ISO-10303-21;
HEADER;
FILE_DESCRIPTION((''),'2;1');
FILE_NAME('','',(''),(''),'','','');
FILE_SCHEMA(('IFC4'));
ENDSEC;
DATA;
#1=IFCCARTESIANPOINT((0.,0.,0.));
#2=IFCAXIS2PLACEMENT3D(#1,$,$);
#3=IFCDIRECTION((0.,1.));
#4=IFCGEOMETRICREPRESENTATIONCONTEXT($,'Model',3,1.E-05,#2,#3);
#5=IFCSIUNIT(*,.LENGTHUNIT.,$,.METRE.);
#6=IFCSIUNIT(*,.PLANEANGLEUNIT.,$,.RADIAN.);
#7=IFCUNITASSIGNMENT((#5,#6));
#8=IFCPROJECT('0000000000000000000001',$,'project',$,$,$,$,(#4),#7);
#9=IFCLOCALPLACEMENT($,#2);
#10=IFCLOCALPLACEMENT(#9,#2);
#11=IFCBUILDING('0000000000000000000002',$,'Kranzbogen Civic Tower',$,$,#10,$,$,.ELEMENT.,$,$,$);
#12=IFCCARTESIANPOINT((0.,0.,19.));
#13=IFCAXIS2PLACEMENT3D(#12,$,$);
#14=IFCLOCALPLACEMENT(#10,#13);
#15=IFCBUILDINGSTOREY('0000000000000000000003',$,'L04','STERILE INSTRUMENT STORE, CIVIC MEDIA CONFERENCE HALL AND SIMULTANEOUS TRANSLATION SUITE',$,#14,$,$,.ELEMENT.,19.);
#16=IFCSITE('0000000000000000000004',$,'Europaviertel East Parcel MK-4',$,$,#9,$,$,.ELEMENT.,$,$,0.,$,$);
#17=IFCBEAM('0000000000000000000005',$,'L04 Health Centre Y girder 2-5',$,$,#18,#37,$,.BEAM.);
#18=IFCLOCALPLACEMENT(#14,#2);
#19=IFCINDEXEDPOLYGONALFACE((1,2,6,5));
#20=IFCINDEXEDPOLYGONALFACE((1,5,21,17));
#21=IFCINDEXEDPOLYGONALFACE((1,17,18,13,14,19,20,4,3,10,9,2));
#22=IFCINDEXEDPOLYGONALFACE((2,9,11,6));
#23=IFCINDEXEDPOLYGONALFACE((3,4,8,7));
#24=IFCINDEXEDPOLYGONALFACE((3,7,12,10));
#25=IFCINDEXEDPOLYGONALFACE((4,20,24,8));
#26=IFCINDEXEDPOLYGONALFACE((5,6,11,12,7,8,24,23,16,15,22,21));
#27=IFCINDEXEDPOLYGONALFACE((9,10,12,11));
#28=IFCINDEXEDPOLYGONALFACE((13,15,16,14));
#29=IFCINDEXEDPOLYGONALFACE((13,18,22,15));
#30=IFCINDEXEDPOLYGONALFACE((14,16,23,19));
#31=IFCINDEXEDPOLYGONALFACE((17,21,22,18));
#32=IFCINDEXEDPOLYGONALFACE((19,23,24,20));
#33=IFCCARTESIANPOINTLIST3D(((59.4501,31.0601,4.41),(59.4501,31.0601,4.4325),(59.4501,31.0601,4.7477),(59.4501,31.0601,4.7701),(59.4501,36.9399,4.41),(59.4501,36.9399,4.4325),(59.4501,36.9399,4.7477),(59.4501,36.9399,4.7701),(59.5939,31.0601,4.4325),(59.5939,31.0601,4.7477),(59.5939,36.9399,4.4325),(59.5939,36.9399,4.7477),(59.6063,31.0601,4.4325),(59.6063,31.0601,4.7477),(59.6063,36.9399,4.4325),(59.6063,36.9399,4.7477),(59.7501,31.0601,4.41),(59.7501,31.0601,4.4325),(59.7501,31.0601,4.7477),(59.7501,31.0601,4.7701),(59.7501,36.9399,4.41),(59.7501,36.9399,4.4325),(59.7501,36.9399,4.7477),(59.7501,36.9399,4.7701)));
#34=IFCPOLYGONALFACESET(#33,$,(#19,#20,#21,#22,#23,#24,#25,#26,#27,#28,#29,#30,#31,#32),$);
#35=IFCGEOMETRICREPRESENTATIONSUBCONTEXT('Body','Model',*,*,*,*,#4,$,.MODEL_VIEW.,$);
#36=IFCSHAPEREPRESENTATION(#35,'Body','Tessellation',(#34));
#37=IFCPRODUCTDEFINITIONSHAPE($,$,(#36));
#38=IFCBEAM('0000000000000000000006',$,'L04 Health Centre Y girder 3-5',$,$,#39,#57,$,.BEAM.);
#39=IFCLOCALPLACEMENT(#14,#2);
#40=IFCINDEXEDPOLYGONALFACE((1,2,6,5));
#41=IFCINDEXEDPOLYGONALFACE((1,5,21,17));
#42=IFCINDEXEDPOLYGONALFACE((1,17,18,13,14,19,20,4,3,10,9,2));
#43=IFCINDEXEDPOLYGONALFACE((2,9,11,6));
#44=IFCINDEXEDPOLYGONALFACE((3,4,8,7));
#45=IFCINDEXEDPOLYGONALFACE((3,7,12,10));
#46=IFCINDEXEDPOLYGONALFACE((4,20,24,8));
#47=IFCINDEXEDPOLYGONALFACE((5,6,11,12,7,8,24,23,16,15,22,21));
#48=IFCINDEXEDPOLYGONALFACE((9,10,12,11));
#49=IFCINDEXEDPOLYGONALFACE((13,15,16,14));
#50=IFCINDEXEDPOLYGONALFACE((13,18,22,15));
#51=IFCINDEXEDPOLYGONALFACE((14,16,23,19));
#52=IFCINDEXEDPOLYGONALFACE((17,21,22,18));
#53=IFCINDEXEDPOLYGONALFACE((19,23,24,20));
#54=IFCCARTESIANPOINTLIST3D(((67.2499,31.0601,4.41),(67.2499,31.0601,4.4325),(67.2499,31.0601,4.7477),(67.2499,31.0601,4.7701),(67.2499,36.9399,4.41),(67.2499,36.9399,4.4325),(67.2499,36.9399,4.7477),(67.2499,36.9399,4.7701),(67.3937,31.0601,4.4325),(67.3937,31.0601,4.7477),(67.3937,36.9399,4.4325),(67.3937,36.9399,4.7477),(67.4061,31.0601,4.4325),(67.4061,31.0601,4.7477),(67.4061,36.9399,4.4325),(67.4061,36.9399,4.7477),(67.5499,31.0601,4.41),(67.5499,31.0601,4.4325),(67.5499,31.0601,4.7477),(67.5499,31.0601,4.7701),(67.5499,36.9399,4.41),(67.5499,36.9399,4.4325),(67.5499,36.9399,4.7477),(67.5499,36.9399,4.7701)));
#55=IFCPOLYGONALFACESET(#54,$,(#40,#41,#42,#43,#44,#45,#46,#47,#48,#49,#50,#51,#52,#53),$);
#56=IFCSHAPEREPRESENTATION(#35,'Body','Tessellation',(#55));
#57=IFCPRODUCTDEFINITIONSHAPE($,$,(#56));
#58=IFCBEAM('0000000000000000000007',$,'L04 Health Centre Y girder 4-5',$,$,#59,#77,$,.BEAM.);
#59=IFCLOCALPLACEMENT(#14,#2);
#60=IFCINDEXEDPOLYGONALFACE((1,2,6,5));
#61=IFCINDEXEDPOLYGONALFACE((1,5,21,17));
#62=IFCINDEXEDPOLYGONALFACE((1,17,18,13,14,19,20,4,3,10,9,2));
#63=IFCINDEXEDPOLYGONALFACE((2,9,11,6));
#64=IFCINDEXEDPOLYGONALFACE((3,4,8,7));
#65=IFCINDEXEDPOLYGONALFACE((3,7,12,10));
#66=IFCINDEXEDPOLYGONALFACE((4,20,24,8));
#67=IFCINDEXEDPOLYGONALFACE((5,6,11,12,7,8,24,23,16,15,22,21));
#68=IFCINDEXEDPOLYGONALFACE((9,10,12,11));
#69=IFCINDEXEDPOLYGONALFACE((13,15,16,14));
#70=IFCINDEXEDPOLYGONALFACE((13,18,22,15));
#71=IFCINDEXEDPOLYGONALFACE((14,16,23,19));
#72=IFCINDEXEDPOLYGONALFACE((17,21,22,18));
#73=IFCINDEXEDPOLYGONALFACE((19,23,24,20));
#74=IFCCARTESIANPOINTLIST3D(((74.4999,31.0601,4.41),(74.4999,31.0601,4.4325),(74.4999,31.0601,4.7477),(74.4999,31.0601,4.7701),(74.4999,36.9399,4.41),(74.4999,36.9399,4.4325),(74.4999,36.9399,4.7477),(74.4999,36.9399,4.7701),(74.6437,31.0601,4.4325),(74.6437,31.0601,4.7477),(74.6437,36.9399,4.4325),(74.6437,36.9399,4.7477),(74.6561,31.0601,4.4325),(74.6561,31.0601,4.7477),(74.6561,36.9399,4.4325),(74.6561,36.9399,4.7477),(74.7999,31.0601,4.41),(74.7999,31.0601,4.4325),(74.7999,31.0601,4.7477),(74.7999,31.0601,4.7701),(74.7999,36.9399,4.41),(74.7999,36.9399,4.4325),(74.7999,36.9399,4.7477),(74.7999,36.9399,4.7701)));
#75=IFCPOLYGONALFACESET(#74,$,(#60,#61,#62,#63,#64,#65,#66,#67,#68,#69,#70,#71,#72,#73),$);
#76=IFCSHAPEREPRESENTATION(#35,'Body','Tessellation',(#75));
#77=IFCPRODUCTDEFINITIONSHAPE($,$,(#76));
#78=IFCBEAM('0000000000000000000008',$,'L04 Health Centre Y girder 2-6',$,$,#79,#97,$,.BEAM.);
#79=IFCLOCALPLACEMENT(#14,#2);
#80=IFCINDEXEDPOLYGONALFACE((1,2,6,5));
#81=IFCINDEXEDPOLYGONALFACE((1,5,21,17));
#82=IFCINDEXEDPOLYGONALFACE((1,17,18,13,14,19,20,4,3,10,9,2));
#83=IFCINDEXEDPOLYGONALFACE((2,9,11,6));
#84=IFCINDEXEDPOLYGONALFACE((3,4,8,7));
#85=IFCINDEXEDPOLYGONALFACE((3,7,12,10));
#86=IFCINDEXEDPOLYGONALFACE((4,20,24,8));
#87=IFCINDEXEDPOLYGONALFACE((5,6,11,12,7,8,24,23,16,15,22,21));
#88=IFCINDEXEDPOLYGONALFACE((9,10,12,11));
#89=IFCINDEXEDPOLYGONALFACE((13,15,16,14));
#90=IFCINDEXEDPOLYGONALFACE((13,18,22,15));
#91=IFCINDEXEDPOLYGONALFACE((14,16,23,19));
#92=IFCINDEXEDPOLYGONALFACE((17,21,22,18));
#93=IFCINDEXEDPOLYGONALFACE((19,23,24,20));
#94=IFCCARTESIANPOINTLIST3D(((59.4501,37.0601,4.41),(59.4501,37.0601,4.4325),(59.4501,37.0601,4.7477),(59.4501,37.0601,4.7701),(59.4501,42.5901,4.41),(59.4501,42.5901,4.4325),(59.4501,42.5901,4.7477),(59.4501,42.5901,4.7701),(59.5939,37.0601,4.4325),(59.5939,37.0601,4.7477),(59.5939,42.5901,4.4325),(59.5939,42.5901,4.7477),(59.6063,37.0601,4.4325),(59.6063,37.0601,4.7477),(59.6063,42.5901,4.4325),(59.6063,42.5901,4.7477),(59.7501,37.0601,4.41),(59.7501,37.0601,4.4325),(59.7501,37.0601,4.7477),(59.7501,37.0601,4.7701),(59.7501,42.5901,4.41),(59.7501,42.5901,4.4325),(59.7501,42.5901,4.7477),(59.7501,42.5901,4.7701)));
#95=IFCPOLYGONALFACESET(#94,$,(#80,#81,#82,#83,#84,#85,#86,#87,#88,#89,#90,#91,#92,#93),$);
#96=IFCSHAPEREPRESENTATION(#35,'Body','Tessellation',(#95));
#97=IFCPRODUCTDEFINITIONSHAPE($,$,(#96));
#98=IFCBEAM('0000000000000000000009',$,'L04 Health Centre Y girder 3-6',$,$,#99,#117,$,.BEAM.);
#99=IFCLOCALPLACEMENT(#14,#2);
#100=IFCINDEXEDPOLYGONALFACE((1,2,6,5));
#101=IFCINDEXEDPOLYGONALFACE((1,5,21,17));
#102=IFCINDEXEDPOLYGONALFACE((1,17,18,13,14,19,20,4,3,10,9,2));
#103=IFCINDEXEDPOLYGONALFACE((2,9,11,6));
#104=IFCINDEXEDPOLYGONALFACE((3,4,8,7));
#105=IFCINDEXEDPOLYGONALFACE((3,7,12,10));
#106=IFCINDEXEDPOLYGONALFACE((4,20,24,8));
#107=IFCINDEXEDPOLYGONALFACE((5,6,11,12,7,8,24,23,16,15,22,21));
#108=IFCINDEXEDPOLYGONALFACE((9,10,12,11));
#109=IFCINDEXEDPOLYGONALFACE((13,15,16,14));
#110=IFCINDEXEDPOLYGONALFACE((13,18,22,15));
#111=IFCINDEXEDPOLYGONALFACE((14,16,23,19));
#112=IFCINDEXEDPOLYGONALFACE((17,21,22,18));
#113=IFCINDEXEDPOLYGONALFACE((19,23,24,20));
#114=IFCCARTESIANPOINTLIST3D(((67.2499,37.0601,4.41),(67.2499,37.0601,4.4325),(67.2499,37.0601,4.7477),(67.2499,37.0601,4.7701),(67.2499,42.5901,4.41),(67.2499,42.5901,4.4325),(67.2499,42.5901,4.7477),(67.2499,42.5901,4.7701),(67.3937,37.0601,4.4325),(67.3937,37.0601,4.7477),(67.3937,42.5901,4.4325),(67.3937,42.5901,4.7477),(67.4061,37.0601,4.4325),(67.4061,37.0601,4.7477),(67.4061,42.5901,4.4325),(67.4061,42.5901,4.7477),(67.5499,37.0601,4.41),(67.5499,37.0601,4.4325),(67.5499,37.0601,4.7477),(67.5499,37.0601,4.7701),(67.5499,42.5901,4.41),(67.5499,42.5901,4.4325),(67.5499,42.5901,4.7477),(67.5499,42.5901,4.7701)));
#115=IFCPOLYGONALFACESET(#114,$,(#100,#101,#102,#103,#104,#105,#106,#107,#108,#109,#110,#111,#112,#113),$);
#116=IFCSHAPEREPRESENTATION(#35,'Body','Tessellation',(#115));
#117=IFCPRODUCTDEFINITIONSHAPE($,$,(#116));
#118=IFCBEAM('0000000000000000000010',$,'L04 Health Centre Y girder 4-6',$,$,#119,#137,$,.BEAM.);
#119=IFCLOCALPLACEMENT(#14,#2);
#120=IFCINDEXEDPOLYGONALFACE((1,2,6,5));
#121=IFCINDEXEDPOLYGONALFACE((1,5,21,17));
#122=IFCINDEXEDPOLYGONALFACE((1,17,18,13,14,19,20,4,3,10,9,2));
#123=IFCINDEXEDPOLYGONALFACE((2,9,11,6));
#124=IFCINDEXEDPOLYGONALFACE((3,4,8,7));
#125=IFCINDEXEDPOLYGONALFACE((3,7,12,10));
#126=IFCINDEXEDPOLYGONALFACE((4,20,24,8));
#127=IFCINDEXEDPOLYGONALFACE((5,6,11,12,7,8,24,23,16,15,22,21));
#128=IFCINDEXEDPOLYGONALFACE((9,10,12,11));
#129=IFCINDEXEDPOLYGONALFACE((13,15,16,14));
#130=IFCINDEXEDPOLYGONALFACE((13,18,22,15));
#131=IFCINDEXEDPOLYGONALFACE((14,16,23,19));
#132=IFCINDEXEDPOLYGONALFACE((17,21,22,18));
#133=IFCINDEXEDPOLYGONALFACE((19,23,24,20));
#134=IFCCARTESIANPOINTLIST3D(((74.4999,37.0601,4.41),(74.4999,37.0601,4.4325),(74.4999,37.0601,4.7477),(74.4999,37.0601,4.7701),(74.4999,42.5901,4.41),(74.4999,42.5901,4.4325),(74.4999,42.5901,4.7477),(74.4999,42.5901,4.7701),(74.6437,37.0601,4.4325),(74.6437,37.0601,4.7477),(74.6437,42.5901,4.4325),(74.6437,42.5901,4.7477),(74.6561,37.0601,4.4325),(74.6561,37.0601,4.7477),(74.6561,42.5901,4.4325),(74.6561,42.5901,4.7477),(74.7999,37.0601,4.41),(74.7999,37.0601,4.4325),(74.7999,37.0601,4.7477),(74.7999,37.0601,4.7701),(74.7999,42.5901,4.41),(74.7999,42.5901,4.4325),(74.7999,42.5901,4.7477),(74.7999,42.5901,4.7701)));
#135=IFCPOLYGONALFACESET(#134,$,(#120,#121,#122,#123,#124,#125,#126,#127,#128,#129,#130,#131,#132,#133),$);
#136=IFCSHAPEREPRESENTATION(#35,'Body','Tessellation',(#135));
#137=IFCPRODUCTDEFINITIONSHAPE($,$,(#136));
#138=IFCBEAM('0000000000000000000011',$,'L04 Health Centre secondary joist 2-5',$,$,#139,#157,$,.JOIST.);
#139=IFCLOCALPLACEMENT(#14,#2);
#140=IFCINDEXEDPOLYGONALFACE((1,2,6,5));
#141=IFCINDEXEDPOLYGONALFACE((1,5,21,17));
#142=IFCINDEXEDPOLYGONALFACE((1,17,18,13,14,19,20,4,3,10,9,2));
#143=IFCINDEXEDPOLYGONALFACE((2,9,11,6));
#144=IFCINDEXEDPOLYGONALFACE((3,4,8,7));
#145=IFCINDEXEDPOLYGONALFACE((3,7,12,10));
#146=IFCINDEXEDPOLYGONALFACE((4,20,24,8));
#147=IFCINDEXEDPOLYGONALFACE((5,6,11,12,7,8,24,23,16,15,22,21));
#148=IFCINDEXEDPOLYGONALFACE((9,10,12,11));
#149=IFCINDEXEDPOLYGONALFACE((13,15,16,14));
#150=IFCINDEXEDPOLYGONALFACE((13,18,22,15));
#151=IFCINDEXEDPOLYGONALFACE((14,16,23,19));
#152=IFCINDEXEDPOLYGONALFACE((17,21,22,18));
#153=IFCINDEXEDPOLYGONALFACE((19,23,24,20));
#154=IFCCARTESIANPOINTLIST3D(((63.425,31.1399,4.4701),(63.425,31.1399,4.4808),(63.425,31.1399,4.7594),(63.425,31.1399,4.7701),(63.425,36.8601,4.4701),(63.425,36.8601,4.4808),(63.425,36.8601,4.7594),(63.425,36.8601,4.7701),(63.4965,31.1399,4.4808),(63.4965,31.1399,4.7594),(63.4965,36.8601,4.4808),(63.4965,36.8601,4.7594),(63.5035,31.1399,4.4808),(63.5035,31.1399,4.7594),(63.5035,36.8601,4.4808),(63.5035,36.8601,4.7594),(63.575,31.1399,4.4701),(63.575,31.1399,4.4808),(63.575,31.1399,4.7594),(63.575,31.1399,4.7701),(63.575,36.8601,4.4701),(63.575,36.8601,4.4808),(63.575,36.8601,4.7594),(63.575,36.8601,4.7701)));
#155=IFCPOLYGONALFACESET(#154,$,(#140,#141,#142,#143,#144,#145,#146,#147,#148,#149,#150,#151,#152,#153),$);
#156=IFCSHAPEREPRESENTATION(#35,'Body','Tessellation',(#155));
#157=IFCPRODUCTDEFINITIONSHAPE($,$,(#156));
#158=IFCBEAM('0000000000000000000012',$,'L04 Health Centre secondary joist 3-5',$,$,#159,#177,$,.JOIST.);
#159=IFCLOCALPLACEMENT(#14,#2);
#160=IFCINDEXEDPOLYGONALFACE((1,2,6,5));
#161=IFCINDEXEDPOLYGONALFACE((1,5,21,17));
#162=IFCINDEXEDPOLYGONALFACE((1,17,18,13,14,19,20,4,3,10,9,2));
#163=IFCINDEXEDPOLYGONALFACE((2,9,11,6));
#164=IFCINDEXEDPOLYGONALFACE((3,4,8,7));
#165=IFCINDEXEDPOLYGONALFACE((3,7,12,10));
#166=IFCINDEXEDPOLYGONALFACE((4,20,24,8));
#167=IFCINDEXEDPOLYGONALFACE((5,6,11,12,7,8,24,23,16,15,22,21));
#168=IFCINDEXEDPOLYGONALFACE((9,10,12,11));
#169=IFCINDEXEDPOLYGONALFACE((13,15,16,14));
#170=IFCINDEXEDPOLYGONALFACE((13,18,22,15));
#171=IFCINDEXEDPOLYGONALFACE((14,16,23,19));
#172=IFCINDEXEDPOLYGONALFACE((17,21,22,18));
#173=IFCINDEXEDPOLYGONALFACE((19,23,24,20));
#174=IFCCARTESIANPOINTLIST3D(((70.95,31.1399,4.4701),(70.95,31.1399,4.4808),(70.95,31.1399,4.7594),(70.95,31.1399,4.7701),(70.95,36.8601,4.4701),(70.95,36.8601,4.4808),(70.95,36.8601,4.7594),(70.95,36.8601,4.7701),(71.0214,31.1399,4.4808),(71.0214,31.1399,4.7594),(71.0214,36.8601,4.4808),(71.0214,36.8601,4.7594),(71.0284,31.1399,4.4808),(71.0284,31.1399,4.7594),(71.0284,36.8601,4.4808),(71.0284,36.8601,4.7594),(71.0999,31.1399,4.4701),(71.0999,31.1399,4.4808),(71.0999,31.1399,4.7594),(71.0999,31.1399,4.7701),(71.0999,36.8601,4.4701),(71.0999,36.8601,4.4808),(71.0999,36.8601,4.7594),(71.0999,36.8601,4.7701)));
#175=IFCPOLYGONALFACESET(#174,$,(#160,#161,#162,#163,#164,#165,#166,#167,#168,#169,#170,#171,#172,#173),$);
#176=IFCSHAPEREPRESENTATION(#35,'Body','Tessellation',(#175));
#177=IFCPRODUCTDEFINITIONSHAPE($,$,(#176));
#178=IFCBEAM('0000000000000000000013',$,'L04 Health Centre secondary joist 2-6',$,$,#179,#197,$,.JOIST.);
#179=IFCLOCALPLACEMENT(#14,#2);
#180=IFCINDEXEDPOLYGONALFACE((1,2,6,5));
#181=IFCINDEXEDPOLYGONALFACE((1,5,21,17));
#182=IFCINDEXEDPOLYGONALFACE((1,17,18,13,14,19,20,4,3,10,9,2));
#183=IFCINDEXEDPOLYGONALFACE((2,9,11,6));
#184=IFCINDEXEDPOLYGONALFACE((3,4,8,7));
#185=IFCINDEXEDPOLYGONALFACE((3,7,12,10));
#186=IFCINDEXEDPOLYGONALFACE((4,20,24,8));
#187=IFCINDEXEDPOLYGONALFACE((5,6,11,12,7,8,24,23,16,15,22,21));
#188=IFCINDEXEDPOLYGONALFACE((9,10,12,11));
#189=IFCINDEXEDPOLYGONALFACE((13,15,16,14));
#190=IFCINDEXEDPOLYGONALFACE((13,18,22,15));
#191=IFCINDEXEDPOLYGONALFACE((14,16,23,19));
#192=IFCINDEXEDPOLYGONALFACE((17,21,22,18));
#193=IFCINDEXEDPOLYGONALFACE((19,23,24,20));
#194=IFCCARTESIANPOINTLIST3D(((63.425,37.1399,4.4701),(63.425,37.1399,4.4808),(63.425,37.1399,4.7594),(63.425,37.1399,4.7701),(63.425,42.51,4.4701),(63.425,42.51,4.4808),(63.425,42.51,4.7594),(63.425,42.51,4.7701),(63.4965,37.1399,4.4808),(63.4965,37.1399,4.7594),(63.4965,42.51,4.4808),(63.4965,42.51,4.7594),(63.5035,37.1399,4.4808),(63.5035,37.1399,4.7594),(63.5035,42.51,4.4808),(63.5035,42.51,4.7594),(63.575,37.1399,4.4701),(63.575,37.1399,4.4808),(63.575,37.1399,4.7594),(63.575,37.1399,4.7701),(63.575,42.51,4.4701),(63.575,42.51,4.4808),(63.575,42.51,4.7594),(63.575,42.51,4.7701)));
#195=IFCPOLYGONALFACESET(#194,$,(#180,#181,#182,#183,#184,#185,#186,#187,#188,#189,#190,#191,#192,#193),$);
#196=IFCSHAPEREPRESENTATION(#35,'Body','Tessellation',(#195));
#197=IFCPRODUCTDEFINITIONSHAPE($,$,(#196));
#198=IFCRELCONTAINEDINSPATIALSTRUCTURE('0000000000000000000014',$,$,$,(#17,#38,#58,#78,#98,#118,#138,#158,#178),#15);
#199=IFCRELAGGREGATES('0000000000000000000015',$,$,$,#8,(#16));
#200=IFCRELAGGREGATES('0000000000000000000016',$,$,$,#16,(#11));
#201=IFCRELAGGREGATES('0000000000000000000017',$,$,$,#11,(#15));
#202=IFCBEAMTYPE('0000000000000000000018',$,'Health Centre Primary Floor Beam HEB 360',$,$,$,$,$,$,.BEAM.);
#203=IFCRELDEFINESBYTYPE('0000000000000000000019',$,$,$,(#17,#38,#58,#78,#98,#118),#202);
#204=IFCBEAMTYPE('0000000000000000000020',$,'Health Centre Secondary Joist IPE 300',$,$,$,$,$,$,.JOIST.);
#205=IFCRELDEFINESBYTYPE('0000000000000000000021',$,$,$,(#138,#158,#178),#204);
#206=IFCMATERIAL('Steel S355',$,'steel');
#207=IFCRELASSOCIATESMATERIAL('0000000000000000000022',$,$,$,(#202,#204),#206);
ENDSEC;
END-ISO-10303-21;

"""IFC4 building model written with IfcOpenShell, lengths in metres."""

from ifc_helpers import new_model, si_unit, direction, frame, origin, origin_2d, place, context, subcontext, project, spatial, i_section, extrude, material, material_profile, profile_set, type_object, element, save


model = new_model("IFC4")

# Units and contexts
model_context = context("Model", 3, precision=1e-05, world=origin(), true_north=direction((0.0, 1.0)))
body_context = subcontext(model_context, "Body", "Model", "MODEL_VIEW")
ifc_project = project(units=[si_unit("LENGTHUNIT", "METRE"), si_unit("PLANEANGLEUNIT", "RADIAN")], contexts=[model_context])

# Site, building, storey
site_placement = place(None, origin())
site = spatial("IfcSite", under=ifc_project, at=site_placement, Name="Europaviertel East Parcel MK-4", CompositionType="ELEMENT", RefElevation=0.0)
building_placement = place(site_placement, origin())
building = spatial("IfcBuilding", under=site, at=building_placement, Name="Kranzbogen Civic Tower", CompositionType="ELEMENT")
storey_placement = place(building_placement, frame((0.0, 0.0, 19.0)))
storey = spatial("IfcBuildingStorey", under=building, at=storey_placement, Name="L04", Description="STERILE INSTRUMENT STORE, CIVIC MEDIA CONFERENCE HALL AND SIMULTANEOUS TRANSLATION SUITE", CompositionType="ELEMENT", Elevation=19.0)

# Shared definitions
ifc_material_1 = material(Name="Steel S355", Category="steel")

# Beams
ifc_material_profile_1 = material_profile(ifc_material_1, i_section(OverallWidth=0.3, OverallDepth=0.3601, WebThickness=0.0125, FlangeThickness=0.0225, at=origin_2d()), Name="HEB 360")
ifc_profile_set_1 = profile_set([ifc_material_profile_1], Name="Steel S355")
beam_type_1 = type_object("IfcBeamType", Name="Health Centre Primary Floor Beam HEB 360", PredefinedType="BEAM", material=ifc_profile_set_1)
for number, where, z_axis, x_axis, name in (
    (1, (59.6001, 31.0601, 4.5901), (0.0, 1.0, 0.0), (-1.0, 0.0, 0.0), "L04 Health Centre Y girder 2-5"),
    (2, (67.3999, 31.0601, 4.5901), (0.0, 1.0, 0.0), (-1.0, 0.0, 0.0), "L04 Health Centre Y girder 3-5"),
    (3, (74.6499, 31.0601, 4.5901), (0.0, 1.0, 0.0), (-1.0, 0.0, 0.0), "L04 Health Centre Y girder 4-5"),
):
    element("IfcBeam", number, at=place(storey_placement, frame(where, z_axis=z_axis, x_axis=x_axis)), inside=storey, type_object=beam_type_1, Name=name, PredefinedType="BEAM", context=body_context, shape_type="SweptSolid", body=[
        extrude(i_section(OverallWidth=0.3, OverallDepth=0.3601, WebThickness=0.0125, FlangeThickness=0.0225, at=origin_2d()), origin(), (0.0, 0.0, 1.0), 5.8799),
    ])
for number, where, z_axis, x_axis, name in (
    (4, (59.6001, 37.0601, 4.5901), (0.0, 1.0, 0.0), (-1.0, 0.0, 0.0), "L04 Health Centre Y girder 2-6"),
    (5, (67.3999, 37.0601, 4.5901), (0.0, 1.0, 0.0), (-1.0, 0.0, 0.0), "L04 Health Centre Y girder 3-6"),
    (6, (74.6499, 37.0601, 4.5901), (0.0, 1.0, 0.0), (-1.0, 0.0, 0.0), "L04 Health Centre Y girder 4-6"),
):
    element("IfcBeam", number, at=place(storey_placement, frame(where, z_axis=z_axis, x_axis=x_axis)), inside=storey, type_object=beam_type_1, Name=name, PredefinedType="BEAM", context=body_context, shape_type="SweptSolid", body=[
        extrude(i_section(OverallWidth=0.3, OverallDepth=0.3601, WebThickness=0.0125, FlangeThickness=0.0225, at=origin_2d()), origin(), (0.0, 0.0, 1.0), 5.53),
    ])
ifc_material_profile_2 = material_profile(ifc_material_1, i_section(OverallWidth=0.1499, OverallDepth=0.3, WebThickness=0.0071, FlangeThickness=0.0107, at=origin_2d()), Name="IPE 300")
ifc_profile_set_2 = profile_set([ifc_material_profile_2], Name="Steel S355")
beam_type_2 = type_object("IfcBeamType", Name="Health Centre Secondary Joist IPE 300", PredefinedType="JOIST", material=ifc_profile_set_2)
for number, where, z_axis, x_axis, name in (
    (7, (63.5, 31.1399, 4.6201), (0.0, 1.0, 0.0), (-1.0, 0.0, 0.0), "L04 Health Centre secondary joist 2-5"),
    (8, (71.0249, 31.1399, 4.6201), (0.0, 1.0, 0.0), (-1.0, 0.0, 0.0), "L04 Health Centre secondary joist 3-5"),
):
    element("IfcBeam", number, at=place(storey_placement, frame(where, z_axis=z_axis, x_axis=x_axis)), inside=storey, type_object=beam_type_2, Name=name, PredefinedType="JOIST", context=body_context, shape_type="SweptSolid", body=[
        extrude(i_section(OverallWidth=0.1499, OverallDepth=0.3, WebThickness=0.0071, FlangeThickness=0.0107, at=origin_2d()), origin(), (0.0, 0.0, 1.0), 5.7202),
    ])
for number, where, z_axis, x_axis, name in (
    (9, (63.5, 37.1399, 4.6201), (0.0, 1.0, 0.0), (-1.0, 0.0, 0.0), "L04 Health Centre secondary joist 2-6"),
):
    element("IfcBeam", number, at=place(storey_placement, frame(where, z_axis=z_axis, x_axis=x_axis)), inside=storey, type_object=beam_type_2, Name=name, PredefinedType="JOIST", context=body_context, shape_type="SweptSolid", body=[
        extrude(i_section(OverallWidth=0.1499, OverallDepth=0.3, WebThickness=0.0071, FlangeThickness=0.0107, at=origin_2d()), origin(), (0.0, 0.0, 1.0), 5.3701),
    ])

save(model, "model.ifc")
